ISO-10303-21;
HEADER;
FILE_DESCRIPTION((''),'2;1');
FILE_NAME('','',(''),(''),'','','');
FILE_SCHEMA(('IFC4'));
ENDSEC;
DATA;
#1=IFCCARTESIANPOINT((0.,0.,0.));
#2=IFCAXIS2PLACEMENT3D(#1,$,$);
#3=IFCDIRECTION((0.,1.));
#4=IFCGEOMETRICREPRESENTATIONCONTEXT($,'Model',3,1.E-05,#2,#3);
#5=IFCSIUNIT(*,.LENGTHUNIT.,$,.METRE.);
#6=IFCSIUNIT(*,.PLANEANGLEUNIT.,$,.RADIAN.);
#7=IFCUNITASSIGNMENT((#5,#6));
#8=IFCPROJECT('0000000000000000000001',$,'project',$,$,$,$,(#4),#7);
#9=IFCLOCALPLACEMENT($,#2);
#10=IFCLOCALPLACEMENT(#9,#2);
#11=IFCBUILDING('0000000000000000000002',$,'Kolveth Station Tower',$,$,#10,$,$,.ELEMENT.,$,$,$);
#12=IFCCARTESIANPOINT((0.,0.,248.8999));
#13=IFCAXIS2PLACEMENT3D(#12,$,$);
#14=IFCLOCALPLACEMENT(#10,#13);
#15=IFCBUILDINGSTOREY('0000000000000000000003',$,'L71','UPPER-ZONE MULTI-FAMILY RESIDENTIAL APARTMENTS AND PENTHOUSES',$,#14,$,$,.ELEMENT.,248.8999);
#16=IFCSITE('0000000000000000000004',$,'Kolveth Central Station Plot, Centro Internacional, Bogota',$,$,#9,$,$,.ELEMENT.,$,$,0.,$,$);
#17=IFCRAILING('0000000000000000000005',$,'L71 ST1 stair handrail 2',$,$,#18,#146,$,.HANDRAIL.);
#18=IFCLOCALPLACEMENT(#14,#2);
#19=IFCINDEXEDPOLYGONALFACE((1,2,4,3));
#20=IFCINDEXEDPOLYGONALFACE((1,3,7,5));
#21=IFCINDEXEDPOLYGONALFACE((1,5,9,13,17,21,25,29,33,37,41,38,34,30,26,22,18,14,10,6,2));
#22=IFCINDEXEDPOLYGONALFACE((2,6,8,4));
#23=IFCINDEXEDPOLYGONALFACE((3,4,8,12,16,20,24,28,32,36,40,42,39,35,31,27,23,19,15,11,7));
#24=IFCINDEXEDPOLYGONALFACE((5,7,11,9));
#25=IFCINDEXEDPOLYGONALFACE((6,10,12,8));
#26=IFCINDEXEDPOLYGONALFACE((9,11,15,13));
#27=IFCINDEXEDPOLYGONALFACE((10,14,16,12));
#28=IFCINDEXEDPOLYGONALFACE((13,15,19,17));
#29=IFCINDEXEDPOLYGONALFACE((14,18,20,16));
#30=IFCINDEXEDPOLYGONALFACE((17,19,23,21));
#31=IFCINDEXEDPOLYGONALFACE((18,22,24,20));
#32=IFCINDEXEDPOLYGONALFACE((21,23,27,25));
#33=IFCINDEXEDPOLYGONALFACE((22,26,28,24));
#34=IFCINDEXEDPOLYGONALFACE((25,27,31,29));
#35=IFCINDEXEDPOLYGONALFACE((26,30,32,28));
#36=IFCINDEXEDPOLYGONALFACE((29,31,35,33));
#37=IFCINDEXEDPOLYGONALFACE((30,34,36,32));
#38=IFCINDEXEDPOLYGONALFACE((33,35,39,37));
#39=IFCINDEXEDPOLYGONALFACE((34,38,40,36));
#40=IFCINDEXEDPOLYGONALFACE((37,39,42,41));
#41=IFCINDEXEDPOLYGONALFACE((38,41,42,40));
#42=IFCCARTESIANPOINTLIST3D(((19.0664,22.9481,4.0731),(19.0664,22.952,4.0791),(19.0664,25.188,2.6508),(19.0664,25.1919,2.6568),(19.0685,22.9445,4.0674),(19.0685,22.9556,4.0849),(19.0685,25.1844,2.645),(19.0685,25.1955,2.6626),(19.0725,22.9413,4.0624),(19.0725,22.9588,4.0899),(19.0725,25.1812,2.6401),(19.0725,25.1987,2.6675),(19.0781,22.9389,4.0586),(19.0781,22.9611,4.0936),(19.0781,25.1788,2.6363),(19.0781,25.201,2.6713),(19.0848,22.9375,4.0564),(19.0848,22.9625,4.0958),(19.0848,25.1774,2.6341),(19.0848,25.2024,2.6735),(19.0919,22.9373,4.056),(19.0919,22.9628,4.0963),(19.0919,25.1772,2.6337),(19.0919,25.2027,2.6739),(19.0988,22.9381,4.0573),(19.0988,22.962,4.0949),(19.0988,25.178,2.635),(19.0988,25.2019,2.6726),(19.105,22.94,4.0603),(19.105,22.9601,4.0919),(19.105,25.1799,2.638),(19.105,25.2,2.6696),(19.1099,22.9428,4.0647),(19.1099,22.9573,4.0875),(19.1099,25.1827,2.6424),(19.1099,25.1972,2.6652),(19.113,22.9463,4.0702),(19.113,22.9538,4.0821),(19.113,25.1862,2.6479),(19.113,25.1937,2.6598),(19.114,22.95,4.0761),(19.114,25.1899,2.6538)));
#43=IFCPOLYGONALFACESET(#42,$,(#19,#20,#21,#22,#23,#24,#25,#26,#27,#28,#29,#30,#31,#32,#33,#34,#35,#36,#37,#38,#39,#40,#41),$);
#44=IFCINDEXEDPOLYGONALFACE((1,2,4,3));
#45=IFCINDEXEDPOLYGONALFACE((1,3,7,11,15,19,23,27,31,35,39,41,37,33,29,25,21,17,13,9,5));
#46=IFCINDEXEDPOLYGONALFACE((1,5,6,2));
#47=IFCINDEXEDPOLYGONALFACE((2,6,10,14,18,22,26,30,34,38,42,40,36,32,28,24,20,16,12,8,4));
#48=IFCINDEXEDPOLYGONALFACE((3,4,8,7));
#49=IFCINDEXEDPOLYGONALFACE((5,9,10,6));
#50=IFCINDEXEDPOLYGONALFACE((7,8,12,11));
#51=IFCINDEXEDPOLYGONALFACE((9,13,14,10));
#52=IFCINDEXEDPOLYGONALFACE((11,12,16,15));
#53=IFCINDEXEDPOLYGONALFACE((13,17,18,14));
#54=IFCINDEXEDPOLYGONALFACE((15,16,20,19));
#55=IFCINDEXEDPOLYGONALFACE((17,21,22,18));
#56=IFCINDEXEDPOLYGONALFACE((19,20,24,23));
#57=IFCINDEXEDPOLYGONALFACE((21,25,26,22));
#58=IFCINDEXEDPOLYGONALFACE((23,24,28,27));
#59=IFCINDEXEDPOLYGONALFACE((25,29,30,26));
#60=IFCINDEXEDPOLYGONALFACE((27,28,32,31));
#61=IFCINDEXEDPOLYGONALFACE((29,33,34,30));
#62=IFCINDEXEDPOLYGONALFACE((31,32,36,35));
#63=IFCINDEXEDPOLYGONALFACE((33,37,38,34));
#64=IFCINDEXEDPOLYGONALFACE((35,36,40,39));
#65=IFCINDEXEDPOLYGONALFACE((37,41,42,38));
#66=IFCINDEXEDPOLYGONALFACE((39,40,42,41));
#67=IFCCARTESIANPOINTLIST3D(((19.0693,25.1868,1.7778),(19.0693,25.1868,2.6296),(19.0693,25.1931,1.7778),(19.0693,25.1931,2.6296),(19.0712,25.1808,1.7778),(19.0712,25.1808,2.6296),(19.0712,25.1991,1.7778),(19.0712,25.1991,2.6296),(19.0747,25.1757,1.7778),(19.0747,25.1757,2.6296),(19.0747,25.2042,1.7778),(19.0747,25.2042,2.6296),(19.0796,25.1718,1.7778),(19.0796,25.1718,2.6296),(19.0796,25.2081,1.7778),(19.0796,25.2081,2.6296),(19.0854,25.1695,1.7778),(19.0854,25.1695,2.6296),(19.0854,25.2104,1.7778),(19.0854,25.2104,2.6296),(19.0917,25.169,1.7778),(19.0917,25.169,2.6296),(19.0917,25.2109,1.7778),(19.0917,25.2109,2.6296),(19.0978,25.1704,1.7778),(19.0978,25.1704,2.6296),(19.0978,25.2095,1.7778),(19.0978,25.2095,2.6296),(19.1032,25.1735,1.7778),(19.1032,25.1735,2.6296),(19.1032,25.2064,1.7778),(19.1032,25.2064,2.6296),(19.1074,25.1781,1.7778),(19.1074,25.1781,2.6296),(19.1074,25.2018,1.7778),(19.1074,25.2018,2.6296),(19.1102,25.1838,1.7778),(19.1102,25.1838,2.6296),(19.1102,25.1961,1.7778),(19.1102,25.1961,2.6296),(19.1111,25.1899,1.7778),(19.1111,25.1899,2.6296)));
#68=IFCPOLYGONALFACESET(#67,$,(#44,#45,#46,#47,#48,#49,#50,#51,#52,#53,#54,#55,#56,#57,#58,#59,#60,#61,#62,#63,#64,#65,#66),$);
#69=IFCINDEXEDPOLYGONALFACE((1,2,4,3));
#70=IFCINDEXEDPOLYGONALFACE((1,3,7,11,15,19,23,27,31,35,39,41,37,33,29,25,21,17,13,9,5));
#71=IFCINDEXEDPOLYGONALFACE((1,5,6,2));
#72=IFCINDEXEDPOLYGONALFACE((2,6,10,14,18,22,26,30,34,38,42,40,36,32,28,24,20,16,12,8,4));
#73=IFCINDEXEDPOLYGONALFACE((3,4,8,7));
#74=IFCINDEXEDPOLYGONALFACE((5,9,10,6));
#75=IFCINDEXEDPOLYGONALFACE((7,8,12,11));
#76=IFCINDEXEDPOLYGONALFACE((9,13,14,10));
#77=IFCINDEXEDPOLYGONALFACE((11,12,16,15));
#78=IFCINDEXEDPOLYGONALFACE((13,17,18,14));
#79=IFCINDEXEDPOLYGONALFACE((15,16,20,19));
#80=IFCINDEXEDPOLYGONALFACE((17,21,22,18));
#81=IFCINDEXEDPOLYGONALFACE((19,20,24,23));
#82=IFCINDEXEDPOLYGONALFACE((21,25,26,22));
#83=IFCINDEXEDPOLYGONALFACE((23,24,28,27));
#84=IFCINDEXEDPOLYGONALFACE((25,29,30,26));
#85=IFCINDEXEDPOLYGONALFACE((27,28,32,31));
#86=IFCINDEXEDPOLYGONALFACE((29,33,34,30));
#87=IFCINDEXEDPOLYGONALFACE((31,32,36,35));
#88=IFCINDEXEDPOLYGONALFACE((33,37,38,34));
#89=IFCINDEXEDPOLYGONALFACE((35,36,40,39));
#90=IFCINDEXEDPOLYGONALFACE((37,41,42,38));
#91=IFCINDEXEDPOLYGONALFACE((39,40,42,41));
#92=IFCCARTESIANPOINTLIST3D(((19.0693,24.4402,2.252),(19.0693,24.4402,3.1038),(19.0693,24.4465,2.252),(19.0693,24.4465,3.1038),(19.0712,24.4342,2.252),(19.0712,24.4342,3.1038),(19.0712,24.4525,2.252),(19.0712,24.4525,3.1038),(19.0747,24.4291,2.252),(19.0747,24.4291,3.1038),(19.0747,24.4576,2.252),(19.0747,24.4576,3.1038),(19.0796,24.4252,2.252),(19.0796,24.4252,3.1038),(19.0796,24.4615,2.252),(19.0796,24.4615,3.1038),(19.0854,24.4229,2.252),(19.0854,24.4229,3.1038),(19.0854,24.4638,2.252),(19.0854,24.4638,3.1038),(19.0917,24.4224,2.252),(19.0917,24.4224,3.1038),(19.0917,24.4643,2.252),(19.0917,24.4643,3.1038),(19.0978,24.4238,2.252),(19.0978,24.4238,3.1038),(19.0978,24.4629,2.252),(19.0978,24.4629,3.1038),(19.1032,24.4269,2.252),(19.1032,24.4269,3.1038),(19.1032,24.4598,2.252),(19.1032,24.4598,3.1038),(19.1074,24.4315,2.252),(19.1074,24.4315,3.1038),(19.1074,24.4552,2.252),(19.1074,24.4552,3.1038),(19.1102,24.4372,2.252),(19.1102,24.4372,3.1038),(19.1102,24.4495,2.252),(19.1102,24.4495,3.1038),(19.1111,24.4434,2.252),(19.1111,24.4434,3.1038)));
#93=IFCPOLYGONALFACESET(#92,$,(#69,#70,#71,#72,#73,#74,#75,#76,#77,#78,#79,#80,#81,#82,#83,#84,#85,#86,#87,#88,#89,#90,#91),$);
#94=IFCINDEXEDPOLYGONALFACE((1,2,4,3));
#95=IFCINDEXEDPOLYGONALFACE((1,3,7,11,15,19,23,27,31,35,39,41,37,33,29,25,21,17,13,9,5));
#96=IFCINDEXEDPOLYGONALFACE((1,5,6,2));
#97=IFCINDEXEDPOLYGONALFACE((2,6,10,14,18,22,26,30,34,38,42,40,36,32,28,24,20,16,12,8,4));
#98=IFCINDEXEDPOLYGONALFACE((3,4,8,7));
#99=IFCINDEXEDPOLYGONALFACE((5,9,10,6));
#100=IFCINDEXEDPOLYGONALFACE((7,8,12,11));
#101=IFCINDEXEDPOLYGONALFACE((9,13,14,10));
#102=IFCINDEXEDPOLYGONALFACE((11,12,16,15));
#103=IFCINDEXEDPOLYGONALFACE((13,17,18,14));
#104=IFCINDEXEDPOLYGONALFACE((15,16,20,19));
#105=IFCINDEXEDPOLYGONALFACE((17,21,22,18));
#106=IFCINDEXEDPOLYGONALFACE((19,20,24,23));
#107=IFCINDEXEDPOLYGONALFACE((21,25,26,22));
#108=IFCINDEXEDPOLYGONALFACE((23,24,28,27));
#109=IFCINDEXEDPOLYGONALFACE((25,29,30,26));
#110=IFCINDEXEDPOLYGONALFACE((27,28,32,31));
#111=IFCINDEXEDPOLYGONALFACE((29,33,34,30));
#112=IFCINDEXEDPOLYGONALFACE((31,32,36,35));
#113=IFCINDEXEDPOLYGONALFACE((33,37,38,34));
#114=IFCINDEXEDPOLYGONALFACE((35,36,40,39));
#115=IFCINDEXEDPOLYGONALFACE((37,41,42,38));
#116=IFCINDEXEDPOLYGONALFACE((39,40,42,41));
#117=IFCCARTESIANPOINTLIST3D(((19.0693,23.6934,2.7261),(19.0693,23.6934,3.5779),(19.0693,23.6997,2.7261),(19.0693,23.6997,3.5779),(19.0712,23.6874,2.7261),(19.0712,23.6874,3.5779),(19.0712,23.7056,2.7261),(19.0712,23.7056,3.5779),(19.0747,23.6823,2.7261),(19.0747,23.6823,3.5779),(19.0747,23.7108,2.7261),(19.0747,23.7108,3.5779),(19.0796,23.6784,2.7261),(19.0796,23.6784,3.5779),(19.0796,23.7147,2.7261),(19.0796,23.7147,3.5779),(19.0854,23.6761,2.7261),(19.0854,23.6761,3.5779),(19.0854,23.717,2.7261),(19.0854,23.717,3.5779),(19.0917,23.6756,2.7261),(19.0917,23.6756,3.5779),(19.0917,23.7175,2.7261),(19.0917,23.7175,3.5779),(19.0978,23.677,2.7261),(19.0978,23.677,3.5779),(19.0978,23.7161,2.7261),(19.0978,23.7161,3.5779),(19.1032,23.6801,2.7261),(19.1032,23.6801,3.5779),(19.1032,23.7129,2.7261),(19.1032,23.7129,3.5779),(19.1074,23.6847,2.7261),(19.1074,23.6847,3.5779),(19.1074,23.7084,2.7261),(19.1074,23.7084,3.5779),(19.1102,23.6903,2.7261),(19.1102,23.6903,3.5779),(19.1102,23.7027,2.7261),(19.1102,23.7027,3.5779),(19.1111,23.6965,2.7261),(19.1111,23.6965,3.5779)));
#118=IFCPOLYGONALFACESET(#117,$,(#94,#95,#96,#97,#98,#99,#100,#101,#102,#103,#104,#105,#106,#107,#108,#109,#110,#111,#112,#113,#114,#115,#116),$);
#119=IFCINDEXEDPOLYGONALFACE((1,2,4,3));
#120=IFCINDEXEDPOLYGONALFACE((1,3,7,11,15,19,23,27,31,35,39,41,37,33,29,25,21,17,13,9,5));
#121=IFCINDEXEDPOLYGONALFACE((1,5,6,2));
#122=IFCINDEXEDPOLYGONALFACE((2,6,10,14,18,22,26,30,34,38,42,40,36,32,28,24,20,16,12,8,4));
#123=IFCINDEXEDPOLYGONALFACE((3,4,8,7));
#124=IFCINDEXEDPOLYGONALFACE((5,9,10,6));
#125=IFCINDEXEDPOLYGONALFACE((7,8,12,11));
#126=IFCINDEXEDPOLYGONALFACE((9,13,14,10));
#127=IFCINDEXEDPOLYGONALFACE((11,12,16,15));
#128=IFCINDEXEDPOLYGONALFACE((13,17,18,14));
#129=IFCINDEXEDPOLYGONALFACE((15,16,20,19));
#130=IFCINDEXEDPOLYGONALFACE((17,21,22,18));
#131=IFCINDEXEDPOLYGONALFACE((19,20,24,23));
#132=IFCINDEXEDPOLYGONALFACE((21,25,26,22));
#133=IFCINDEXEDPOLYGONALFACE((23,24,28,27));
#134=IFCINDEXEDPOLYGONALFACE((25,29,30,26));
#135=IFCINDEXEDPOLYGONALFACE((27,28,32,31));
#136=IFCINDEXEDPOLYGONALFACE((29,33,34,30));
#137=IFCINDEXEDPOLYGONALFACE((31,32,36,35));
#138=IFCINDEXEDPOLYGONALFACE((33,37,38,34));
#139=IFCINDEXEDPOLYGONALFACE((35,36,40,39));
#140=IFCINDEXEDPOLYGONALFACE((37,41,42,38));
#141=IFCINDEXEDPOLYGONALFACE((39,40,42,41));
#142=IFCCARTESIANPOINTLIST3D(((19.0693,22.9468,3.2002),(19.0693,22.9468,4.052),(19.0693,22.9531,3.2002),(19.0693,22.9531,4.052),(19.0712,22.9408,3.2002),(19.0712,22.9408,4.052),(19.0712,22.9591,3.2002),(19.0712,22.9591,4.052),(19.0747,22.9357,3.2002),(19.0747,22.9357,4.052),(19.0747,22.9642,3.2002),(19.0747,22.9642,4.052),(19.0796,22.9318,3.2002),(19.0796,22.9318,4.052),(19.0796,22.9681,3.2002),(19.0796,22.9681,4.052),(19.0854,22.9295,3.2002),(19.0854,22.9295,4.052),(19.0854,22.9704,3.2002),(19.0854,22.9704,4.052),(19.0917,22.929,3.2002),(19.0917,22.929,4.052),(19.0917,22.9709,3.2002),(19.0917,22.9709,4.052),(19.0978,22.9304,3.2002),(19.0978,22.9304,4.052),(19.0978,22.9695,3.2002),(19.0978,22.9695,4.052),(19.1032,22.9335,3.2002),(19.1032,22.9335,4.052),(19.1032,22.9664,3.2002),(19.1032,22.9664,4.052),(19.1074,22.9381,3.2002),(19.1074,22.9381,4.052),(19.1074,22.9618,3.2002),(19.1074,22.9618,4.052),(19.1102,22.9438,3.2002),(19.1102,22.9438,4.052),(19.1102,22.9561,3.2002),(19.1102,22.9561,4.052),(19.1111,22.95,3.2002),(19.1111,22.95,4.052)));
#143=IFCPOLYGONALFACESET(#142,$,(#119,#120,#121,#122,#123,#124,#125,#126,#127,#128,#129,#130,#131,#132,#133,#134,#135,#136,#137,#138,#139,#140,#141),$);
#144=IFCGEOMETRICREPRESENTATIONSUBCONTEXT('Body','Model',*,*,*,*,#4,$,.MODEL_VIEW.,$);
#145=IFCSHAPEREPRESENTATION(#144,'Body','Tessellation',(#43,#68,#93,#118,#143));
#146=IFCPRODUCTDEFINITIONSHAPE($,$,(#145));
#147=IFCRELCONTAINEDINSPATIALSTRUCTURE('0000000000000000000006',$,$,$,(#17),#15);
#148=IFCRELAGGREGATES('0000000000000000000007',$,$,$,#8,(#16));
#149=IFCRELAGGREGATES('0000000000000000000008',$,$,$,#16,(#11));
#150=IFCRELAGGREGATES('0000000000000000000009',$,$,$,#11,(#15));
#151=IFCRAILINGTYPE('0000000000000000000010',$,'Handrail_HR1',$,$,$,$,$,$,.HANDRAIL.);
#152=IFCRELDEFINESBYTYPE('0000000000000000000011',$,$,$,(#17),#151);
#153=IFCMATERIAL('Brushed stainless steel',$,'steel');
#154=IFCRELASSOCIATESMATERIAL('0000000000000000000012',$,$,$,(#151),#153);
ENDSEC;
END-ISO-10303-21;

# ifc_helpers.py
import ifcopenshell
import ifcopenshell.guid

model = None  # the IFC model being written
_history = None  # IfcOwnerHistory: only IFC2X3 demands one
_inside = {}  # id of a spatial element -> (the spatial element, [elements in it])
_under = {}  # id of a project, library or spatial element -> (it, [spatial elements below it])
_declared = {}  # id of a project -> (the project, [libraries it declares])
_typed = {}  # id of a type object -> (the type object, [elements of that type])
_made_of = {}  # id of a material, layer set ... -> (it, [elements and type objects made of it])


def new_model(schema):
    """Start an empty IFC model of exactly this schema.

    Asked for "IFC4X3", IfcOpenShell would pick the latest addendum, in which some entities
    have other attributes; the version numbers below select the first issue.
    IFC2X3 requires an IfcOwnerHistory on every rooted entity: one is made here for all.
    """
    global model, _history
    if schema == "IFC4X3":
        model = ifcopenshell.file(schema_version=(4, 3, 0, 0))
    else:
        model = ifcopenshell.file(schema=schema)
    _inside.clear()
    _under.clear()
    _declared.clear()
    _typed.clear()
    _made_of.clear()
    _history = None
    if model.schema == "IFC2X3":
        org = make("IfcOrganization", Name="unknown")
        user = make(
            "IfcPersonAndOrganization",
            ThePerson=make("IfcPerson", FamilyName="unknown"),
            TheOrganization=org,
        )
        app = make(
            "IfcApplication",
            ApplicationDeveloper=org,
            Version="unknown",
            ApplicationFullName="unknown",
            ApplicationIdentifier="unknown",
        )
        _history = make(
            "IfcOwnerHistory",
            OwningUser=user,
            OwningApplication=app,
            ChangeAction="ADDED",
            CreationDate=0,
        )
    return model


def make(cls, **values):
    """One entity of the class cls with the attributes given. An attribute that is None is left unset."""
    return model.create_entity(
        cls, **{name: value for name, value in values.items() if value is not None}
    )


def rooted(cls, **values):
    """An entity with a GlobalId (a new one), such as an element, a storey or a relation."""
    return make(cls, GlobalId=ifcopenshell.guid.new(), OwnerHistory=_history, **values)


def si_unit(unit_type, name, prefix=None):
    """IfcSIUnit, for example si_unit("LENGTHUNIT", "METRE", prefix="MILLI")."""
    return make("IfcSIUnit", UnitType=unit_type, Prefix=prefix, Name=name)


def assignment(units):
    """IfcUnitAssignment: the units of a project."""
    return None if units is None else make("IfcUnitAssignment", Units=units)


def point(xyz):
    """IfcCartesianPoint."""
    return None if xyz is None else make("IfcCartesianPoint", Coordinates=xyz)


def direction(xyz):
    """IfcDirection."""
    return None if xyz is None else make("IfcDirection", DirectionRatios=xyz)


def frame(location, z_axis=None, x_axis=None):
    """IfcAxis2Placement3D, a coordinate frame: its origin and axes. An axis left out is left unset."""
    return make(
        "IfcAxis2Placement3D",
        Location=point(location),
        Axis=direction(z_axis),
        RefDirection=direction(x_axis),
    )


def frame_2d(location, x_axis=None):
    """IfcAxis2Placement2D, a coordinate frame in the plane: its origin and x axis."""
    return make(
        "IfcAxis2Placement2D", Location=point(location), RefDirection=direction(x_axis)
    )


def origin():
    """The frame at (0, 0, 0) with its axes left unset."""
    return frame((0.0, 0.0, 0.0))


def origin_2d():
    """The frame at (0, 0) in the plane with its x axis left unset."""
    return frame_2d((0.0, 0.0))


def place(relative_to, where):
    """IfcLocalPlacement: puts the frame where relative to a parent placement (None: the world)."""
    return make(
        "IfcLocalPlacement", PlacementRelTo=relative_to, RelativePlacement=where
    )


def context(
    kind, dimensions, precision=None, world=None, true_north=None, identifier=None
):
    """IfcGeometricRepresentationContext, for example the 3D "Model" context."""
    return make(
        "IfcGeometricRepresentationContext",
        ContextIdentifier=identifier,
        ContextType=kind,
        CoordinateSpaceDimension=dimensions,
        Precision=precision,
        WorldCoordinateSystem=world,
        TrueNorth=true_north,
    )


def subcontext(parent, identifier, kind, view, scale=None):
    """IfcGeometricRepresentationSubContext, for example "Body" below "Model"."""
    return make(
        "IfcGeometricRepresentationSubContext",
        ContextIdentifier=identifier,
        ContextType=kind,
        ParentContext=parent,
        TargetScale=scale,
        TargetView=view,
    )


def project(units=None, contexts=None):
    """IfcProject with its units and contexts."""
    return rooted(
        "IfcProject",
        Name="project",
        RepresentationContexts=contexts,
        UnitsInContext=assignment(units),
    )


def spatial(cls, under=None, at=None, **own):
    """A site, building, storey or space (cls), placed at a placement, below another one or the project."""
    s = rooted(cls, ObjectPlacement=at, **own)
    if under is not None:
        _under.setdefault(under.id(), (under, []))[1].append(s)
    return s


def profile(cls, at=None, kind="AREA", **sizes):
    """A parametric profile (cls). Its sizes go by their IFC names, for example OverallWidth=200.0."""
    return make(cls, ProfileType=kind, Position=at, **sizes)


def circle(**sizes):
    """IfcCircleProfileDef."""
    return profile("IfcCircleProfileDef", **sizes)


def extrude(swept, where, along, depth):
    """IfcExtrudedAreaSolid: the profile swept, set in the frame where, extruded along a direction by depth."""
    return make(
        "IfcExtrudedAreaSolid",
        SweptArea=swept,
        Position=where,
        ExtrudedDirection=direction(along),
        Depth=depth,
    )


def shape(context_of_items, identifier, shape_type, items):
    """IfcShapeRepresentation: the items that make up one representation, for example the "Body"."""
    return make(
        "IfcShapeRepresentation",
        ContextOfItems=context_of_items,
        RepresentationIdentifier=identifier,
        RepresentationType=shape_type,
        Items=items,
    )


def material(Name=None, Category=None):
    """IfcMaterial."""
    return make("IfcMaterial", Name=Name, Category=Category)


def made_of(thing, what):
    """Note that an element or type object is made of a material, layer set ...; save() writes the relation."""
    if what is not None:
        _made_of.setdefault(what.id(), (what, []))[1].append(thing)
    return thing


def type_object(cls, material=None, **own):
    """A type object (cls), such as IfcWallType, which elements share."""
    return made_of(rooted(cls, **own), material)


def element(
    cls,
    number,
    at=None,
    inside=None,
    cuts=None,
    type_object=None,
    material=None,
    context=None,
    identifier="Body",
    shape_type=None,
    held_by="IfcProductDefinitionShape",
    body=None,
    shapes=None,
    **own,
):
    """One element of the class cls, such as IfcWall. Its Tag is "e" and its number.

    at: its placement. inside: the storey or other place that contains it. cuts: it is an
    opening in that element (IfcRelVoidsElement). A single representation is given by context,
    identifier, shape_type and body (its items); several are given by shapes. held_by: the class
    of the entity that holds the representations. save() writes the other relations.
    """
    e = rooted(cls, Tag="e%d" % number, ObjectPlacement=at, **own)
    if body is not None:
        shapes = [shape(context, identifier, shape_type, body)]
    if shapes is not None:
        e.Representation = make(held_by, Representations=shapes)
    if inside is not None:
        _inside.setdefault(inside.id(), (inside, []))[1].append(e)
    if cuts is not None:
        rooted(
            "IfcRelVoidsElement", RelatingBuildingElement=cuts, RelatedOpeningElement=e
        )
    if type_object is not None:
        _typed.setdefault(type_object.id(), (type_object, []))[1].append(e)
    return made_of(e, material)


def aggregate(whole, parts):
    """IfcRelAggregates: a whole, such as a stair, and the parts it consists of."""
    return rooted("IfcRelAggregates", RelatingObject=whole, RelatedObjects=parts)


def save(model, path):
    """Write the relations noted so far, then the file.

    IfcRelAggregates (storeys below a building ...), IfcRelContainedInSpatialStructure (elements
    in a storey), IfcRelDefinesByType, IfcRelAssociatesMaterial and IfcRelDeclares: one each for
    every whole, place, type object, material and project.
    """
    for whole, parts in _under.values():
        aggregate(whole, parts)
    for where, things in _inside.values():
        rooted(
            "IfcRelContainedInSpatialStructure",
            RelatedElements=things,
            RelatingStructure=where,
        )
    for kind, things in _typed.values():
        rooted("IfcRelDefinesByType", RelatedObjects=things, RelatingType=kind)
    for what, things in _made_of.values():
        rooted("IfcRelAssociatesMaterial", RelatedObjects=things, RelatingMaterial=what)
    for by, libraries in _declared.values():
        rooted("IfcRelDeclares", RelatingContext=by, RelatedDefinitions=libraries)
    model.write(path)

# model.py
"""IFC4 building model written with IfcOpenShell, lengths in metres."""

from ifc_helpers import new_model, si_unit, direction, frame, origin, origin_2d, place, context, subcontext, project, spatial, circle, extrude, material, type_object, element, save


model = new_model("IFC4")

# Units and contexts
model_context = context("Model", 3, precision=1e-05, world=origin(), true_north=direction((0.0, 1.0)))
body_context = subcontext(model_context, "Body", "Model", "MODEL_VIEW")
ifc_project = project(units=[si_unit("LENGTHUNIT", "METRE"), si_unit("PLANEANGLEUNIT", "RADIAN")], contexts=[model_context])

# Site, building, storey
site_placement = place(None, origin())
site = spatial("IfcSite", under=ifc_project, at=site_placement, Name="Kolveth Central Station Plot, Centro Internacional, Bogota", CompositionType="ELEMENT", RefElevation=0.0)
building_placement = place(site_placement, origin())
building = spatial("IfcBuilding", under=site, at=building_placement, Name="Kolveth Station Tower", CompositionType="ELEMENT")
storey_placement = place(building_placement, frame((0.0, 0.0, 248.8999)))
storey = spatial("IfcBuildingStorey", under=building, at=storey_placement, Name="L71", Description="UPPER-ZONE MULTI-FAMILY RESIDENTIAL APARTMENTS AND PENTHOUSES", CompositionType="ELEMENT", Elevation=248.8999)

# Railing
ifc_material_1 = material(Name="Brushed stainless steel", Category="steel")
railing_type_1 = type_object("IfcRailingType", Name="Handrail_HR1", PredefinedType="HANDRAIL", material=ifc_material_1)
railing_1_placement = place(storey_placement, frame((19.0901, 25.1899, 1.7778)))
element("IfcRailing", 1, at=railing_1_placement, inside=storey, type_object=railing_type_1, Name="L71 ST1 stair handrail 2", PredefinedType="HANDRAIL", context=body_context, shape_type="SweptSolid", body=[
    extrude(circle(Radius=0.0239, at=origin_2d()), frame((0.0, 0.0, 0.876), z_axis=(0.0, -0.844188, 0.536048), x_axis=(1.0, 0.0, 0.0)), (0.0, 0.0, 1.0), 2.6533),
    extrude(circle(Radius=0.021, at=origin_2d()), origin(), (0.0, 0.0, 1.0), 0.8518),
    extrude(circle(Radius=0.021, at=origin_2d()), frame((0.0, -0.7466, 0.4741)), (0.0, 0.0, 1.0), 0.8518),
    extrude(circle(Radius=0.021, at=origin_2d()), frame((0.0, -1.4934, 0.9482)), (0.0, 0.0, 1.0), 0.8518),
    extrude(circle(Radius=0.021, at=origin_2d()), frame((0.0, -2.24, 1.4224)), (0.0, 0.0, 1.0), 0.8518),
])

save(model, "model.ifc")
